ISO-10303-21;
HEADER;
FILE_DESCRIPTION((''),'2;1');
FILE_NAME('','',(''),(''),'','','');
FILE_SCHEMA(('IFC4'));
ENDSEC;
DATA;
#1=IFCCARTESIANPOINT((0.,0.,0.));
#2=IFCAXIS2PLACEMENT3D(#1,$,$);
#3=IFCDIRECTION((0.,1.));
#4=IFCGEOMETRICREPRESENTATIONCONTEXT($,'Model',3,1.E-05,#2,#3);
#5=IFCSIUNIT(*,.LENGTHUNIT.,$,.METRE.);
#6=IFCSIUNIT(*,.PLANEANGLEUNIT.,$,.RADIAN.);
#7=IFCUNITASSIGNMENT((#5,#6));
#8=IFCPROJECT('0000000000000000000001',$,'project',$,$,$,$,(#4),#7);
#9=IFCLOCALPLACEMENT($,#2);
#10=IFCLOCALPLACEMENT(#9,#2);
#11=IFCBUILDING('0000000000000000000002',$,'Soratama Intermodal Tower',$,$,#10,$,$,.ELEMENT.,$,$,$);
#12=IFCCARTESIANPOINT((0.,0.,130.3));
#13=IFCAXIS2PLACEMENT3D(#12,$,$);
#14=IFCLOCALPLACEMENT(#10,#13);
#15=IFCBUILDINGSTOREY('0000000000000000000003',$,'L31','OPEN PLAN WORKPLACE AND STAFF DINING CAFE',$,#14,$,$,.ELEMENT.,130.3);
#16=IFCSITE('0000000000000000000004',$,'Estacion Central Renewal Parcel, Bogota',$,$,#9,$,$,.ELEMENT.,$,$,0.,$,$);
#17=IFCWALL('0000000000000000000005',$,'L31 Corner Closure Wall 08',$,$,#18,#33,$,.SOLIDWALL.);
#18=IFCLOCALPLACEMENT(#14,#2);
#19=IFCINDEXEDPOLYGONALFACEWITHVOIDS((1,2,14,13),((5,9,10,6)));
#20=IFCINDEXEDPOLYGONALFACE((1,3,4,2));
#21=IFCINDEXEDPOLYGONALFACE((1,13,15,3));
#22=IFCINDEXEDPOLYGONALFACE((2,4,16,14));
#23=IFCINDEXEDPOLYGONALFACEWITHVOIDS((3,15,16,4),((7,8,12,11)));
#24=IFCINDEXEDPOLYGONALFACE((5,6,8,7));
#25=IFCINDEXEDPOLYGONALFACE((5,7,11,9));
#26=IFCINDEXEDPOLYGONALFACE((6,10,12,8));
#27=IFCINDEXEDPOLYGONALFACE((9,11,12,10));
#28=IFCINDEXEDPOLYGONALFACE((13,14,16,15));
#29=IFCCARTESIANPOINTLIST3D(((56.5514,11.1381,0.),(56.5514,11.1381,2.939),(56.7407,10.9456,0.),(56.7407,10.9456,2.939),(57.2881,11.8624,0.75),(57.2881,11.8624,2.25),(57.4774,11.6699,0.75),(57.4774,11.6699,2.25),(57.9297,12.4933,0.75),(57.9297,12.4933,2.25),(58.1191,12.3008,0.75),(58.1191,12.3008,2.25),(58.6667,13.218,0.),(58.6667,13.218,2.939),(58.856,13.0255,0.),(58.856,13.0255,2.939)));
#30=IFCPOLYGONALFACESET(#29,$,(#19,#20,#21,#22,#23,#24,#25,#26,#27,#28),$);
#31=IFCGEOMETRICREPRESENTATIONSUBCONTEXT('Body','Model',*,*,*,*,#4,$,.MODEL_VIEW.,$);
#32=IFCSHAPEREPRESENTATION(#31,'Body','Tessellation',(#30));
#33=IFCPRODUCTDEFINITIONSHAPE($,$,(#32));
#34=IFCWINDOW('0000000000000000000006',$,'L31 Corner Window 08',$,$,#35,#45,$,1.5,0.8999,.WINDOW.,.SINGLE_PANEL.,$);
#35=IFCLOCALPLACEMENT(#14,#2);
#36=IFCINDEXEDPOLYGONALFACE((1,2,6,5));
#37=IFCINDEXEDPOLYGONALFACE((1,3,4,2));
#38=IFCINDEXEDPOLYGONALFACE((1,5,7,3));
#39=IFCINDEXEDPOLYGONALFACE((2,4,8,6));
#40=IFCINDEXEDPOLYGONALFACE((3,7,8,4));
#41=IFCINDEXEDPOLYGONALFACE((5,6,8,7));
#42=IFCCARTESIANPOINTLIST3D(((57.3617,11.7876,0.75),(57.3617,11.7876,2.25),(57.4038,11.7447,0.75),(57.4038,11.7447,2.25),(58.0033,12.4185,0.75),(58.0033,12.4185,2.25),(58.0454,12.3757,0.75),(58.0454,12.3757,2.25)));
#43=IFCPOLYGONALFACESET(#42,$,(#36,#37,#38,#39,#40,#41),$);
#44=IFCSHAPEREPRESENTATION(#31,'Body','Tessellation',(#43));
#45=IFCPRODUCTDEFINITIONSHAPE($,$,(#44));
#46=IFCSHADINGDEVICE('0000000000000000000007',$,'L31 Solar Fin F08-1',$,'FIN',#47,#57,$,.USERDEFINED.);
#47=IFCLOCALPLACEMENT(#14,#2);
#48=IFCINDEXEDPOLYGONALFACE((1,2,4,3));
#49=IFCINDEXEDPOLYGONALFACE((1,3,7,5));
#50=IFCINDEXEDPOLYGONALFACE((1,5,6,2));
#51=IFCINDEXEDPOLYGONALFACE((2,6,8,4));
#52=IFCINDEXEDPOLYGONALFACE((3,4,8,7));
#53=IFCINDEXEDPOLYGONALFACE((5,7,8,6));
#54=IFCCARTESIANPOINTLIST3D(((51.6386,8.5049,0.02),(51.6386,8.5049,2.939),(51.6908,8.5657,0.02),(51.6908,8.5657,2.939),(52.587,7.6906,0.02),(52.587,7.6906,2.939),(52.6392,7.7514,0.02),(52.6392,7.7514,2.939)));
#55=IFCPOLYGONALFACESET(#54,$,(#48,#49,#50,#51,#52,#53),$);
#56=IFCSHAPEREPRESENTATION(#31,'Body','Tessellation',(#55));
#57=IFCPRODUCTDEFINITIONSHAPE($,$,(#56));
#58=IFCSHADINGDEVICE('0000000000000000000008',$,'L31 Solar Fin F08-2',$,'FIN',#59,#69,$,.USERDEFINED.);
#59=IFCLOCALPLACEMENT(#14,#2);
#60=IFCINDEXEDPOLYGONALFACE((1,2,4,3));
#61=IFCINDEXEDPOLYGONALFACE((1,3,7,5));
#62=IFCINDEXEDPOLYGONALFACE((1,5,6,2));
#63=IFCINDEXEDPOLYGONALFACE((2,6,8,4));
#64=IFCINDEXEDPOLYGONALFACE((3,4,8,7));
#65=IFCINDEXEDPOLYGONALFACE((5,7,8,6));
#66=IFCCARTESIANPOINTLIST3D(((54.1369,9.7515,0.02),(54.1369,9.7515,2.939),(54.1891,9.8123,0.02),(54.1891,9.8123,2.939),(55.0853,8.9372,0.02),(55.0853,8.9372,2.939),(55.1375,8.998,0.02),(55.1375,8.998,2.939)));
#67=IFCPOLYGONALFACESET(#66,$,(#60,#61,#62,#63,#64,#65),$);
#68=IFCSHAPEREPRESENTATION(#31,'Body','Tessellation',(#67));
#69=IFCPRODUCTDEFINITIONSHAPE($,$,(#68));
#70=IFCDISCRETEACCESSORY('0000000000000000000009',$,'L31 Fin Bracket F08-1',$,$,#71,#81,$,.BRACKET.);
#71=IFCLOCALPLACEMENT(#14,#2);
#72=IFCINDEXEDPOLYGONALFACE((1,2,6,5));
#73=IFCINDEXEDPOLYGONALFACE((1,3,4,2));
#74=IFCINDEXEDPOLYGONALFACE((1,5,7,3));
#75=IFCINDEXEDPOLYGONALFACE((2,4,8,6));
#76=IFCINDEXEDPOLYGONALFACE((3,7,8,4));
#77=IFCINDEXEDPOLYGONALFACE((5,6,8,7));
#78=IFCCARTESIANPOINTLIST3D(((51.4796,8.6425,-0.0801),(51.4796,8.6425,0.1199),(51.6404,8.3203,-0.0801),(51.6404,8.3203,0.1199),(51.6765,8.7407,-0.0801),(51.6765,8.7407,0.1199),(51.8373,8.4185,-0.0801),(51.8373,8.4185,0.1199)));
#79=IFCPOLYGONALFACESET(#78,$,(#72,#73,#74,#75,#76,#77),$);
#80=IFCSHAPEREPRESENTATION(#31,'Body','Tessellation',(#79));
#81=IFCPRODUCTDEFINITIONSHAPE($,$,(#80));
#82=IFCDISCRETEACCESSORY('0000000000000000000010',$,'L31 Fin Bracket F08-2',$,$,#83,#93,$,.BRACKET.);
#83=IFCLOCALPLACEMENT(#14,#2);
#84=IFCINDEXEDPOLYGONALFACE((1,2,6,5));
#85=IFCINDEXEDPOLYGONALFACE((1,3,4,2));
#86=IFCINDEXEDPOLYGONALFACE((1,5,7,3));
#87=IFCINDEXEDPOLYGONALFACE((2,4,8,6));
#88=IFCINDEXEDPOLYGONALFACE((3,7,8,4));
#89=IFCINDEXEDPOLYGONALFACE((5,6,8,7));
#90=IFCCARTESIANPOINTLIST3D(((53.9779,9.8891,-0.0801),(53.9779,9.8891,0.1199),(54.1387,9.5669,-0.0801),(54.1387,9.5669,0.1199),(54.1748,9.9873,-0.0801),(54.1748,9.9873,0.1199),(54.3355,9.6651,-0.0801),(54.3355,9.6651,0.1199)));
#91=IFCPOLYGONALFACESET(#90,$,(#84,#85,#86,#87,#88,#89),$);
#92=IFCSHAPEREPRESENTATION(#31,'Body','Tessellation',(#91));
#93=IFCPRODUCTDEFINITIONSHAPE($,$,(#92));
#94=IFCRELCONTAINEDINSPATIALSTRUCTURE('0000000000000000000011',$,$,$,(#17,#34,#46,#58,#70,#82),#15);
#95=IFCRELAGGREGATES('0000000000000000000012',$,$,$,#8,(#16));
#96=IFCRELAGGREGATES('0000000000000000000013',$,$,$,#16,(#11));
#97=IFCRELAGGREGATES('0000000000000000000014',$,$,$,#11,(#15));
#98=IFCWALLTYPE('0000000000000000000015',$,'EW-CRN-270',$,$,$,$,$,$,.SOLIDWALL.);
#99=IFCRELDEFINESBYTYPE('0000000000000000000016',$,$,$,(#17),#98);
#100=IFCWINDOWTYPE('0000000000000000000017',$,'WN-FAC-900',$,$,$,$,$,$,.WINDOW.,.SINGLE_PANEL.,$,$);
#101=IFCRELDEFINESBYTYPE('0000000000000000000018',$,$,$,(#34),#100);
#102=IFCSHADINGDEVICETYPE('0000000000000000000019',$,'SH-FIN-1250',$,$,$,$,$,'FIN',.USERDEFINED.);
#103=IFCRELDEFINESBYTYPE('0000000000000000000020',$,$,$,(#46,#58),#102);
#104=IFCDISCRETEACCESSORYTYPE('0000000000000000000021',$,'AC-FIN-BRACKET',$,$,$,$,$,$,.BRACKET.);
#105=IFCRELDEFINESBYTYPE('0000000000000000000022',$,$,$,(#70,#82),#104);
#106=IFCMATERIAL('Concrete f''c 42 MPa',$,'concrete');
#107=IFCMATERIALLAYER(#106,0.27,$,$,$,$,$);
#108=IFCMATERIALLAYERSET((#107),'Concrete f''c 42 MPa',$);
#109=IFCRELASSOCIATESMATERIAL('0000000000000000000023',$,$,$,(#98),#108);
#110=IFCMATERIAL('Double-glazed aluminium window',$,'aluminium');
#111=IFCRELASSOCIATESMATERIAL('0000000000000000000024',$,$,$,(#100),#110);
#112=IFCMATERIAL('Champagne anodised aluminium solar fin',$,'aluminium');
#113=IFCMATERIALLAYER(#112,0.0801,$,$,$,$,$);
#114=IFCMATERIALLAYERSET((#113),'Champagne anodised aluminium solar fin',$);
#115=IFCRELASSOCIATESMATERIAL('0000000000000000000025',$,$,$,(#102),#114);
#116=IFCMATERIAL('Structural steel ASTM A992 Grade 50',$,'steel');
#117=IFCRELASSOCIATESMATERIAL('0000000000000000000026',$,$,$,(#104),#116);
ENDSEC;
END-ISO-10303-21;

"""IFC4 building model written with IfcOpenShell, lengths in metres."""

from ifc_helpers import new_model, si_unit, direction, frame, frame_2d, origin, origin_2d, place, context, subcontext, project, spatial, rectangle, extrude, material, layer, layer_set, type_object, element, fill, save


model = new_model("IFC4")

# Units and contexts
model_context = context("Model", 3, precision=1e-05, world=origin(), true_north=direction((0.0, 1.0)))
body_context = subcontext(model_context, "Body", "Model", "MODEL_VIEW")
ifc_project = project(units=[si_unit("LENGTHUNIT", "METRE"), si_unit("PLANEANGLEUNIT", "RADIAN")], contexts=[model_context])

# Site, building, storey
site_placement = place(None, origin())
site = spatial("IfcSite", under=ifc_project, at=site_placement, Name="Estacion Central Renewal Parcel, Bogota", CompositionType="ELEMENT", RefElevation=0.0)
building_placement = place(site_placement, origin())
building = spatial("IfcBuilding", under=site, at=building_placement, Name="Soratama Intermodal Tower", CompositionType="ELEMENT")
storey_placement = place(building_placement, frame((0.0, 0.0, 130.3)))
storey = spatial("IfcBuildingStorey", under=building, at=storey_placement, Name="L31", Description="OPEN PLAN WORKPLACE AND STAFF DINING CAFE", CompositionType="ELEMENT", Elevation=130.3)

# Wall, opening, window
ifc_material_1 = material(Name="Concrete f'c 42 MPa", Category="concrete")
ifc_layer_1 = layer(ifc_material_1, 0.27)
ifc_layer_set_1 = layer_set([ifc_layer_1], Name="Concrete f'c 42 MPa")
wall_type = type_object("IfcWallType", Name="EW-CRN-270", PredefinedType="SOLIDWALL", material=ifc_layer_set_1)
wall_placement = place(storey_placement, frame((56.646, 11.0417, 0.0), z_axis=(0.0, 0.0, 1.0), x_axis=(0.713048, 0.701115, 0.0)))
wall = element("IfcWall", 1, at=wall_placement, inside=storey, type_object=wall_type, Name="L31 Corner Closure Wall 08", PredefinedType="SOLIDWALL", context=body_context, shape_type="SweptSolid", body=[
    extrude(rectangle(XDim=2.9666, YDim=0.27, at=frame_2d((1.4834, 0.0))), origin(), (0.0, 0.0, 1.0), 2.939),
])
opening_placement = place(wall_placement, frame((1.0332, 0.0, 0.75)))
opening = element("IfcOpeningElement", 2, at=opening_placement, cuts=wall, PredefinedType="OPENING", context=body_context, shape_type="SweptSolid", body=[
    extrude(rectangle(XDim=0.8999, YDim=1.5, at=frame_2d((0.45, 0.75))), frame((0.0, 0.145, 0.0), z_axis=(0.0, -1.0, 0.0), x_axis=(1.0, 0.0, 0.0)), (0.0, 0.0, 1.0), 0.29),
])
ifc_material_2 = material(Name="Double-glazed aluminium window", Category="aluminium")
window_type = type_object("IfcWindowType", Name="WN-FAC-900", PartitioningType="SINGLE_PANEL", PredefinedType="WINDOW", material=ifc_material_2)
window_placement = place(opening_placement, origin())
window = element("IfcWindow", 3, at=window_placement, inside=storey, type_object=window_type, Name="L31 Corner Window 08", OverallHeight=1.5, OverallWidth=0.8999, PartitioningType="SINGLE_PANEL", PredefinedType="WINDOW", context=body_context, shape_type="SweptSolid", body=[
    extrude(rectangle(XDim=0.8999, YDim=1.5, at=frame_2d((0.45, 0.75))), frame((0.0, 0.03, 0.0), z_axis=(0.0, -1.0, 0.0), x_axis=(1.0, 0.0, 0.0)), (0.0, 0.0, 1.0), 0.0601),
])
fill(opening, window)

# Shading devices
ifc_material_3 = material(Name="Champagne anodised aluminium solar fin", Category="aluminium")
ifc_layer_2 = layer(ifc_material_3, 0.0801)
ifc_layer_set_2 = layer_set([ifc_layer_2], Name="Champagne anodised aluminium solar fin")
shading_device_type = type_object("IfcShadingDeviceType", Name="SH-FIN-1250", ElementType="FIN", PredefinedType="USERDEFINED", material=ifc_layer_set_2)
for number, where, z_axis, x_axis, name in (
    (4, (52.1389, 8.1282, 0.02), (0.0, 0.0, 1.0), (0.758703, -0.651437, 0.0), "L31 Solar Fin F08-1"),
    (5, (54.6372, 9.3748, 0.02), (0.0, 0.0, 1.0), (0.758703, -0.651437, 0.0), "L31 Solar Fin F08-2"),
):
    element("IfcShadingDevice", number, at=place(storey_placement, frame(where, z_axis=z_axis, x_axis=x_axis)), inside=storey, type_object=shading_device_type, Name=name, ObjectType="FIN", PredefinedType="USERDEFINED", context=body_context, shape_type="SweptSolid", body=[
        extrude(rectangle(XDim=1.25, YDim=0.0801, at=origin_2d()), origin(), (0.0, 0.0, 1.0), 2.9189),
    ])

# Discrete accessories
ifc_material_4 = material(Name="Structural steel ASTM A992 Grade 50", Category="steel")
discrete_accessory_type = type_object("IfcDiscreteAccessoryType", Name="AC-FIN-BRACKET", PredefinedType="BRACKET", material=ifc_material_4)
for number, where, z_axis, x_axis, name in (
    (6, (51.6584, 8.5305, -0.0801), (0.0, 0.0, 1.0), (0.44651, -0.894779, 0.0), "L31 Fin Bracket F08-1"),
    (7, (54.1567, 9.7771, -0.0801), (0.0, 0.0, 1.0), (0.44651, -0.894779, 0.0), "L31 Fin Bracket F08-2"),
):
    element("IfcDiscreteAccessory", number, at=place(storey_placement, frame(where, z_axis=z_axis, x_axis=x_axis)), inside=storey, type_object=discrete_accessory_type, Name=name, PredefinedType="BRACKET", context=body_context, shape_type="SweptSolid", body=[
        extrude(rectangle(XDim=0.3601, YDim=0.22, at=origin_2d()), origin(), (0.0, 0.0, 1.0), 0.2),
    ])

save(model, "model.ifc")
